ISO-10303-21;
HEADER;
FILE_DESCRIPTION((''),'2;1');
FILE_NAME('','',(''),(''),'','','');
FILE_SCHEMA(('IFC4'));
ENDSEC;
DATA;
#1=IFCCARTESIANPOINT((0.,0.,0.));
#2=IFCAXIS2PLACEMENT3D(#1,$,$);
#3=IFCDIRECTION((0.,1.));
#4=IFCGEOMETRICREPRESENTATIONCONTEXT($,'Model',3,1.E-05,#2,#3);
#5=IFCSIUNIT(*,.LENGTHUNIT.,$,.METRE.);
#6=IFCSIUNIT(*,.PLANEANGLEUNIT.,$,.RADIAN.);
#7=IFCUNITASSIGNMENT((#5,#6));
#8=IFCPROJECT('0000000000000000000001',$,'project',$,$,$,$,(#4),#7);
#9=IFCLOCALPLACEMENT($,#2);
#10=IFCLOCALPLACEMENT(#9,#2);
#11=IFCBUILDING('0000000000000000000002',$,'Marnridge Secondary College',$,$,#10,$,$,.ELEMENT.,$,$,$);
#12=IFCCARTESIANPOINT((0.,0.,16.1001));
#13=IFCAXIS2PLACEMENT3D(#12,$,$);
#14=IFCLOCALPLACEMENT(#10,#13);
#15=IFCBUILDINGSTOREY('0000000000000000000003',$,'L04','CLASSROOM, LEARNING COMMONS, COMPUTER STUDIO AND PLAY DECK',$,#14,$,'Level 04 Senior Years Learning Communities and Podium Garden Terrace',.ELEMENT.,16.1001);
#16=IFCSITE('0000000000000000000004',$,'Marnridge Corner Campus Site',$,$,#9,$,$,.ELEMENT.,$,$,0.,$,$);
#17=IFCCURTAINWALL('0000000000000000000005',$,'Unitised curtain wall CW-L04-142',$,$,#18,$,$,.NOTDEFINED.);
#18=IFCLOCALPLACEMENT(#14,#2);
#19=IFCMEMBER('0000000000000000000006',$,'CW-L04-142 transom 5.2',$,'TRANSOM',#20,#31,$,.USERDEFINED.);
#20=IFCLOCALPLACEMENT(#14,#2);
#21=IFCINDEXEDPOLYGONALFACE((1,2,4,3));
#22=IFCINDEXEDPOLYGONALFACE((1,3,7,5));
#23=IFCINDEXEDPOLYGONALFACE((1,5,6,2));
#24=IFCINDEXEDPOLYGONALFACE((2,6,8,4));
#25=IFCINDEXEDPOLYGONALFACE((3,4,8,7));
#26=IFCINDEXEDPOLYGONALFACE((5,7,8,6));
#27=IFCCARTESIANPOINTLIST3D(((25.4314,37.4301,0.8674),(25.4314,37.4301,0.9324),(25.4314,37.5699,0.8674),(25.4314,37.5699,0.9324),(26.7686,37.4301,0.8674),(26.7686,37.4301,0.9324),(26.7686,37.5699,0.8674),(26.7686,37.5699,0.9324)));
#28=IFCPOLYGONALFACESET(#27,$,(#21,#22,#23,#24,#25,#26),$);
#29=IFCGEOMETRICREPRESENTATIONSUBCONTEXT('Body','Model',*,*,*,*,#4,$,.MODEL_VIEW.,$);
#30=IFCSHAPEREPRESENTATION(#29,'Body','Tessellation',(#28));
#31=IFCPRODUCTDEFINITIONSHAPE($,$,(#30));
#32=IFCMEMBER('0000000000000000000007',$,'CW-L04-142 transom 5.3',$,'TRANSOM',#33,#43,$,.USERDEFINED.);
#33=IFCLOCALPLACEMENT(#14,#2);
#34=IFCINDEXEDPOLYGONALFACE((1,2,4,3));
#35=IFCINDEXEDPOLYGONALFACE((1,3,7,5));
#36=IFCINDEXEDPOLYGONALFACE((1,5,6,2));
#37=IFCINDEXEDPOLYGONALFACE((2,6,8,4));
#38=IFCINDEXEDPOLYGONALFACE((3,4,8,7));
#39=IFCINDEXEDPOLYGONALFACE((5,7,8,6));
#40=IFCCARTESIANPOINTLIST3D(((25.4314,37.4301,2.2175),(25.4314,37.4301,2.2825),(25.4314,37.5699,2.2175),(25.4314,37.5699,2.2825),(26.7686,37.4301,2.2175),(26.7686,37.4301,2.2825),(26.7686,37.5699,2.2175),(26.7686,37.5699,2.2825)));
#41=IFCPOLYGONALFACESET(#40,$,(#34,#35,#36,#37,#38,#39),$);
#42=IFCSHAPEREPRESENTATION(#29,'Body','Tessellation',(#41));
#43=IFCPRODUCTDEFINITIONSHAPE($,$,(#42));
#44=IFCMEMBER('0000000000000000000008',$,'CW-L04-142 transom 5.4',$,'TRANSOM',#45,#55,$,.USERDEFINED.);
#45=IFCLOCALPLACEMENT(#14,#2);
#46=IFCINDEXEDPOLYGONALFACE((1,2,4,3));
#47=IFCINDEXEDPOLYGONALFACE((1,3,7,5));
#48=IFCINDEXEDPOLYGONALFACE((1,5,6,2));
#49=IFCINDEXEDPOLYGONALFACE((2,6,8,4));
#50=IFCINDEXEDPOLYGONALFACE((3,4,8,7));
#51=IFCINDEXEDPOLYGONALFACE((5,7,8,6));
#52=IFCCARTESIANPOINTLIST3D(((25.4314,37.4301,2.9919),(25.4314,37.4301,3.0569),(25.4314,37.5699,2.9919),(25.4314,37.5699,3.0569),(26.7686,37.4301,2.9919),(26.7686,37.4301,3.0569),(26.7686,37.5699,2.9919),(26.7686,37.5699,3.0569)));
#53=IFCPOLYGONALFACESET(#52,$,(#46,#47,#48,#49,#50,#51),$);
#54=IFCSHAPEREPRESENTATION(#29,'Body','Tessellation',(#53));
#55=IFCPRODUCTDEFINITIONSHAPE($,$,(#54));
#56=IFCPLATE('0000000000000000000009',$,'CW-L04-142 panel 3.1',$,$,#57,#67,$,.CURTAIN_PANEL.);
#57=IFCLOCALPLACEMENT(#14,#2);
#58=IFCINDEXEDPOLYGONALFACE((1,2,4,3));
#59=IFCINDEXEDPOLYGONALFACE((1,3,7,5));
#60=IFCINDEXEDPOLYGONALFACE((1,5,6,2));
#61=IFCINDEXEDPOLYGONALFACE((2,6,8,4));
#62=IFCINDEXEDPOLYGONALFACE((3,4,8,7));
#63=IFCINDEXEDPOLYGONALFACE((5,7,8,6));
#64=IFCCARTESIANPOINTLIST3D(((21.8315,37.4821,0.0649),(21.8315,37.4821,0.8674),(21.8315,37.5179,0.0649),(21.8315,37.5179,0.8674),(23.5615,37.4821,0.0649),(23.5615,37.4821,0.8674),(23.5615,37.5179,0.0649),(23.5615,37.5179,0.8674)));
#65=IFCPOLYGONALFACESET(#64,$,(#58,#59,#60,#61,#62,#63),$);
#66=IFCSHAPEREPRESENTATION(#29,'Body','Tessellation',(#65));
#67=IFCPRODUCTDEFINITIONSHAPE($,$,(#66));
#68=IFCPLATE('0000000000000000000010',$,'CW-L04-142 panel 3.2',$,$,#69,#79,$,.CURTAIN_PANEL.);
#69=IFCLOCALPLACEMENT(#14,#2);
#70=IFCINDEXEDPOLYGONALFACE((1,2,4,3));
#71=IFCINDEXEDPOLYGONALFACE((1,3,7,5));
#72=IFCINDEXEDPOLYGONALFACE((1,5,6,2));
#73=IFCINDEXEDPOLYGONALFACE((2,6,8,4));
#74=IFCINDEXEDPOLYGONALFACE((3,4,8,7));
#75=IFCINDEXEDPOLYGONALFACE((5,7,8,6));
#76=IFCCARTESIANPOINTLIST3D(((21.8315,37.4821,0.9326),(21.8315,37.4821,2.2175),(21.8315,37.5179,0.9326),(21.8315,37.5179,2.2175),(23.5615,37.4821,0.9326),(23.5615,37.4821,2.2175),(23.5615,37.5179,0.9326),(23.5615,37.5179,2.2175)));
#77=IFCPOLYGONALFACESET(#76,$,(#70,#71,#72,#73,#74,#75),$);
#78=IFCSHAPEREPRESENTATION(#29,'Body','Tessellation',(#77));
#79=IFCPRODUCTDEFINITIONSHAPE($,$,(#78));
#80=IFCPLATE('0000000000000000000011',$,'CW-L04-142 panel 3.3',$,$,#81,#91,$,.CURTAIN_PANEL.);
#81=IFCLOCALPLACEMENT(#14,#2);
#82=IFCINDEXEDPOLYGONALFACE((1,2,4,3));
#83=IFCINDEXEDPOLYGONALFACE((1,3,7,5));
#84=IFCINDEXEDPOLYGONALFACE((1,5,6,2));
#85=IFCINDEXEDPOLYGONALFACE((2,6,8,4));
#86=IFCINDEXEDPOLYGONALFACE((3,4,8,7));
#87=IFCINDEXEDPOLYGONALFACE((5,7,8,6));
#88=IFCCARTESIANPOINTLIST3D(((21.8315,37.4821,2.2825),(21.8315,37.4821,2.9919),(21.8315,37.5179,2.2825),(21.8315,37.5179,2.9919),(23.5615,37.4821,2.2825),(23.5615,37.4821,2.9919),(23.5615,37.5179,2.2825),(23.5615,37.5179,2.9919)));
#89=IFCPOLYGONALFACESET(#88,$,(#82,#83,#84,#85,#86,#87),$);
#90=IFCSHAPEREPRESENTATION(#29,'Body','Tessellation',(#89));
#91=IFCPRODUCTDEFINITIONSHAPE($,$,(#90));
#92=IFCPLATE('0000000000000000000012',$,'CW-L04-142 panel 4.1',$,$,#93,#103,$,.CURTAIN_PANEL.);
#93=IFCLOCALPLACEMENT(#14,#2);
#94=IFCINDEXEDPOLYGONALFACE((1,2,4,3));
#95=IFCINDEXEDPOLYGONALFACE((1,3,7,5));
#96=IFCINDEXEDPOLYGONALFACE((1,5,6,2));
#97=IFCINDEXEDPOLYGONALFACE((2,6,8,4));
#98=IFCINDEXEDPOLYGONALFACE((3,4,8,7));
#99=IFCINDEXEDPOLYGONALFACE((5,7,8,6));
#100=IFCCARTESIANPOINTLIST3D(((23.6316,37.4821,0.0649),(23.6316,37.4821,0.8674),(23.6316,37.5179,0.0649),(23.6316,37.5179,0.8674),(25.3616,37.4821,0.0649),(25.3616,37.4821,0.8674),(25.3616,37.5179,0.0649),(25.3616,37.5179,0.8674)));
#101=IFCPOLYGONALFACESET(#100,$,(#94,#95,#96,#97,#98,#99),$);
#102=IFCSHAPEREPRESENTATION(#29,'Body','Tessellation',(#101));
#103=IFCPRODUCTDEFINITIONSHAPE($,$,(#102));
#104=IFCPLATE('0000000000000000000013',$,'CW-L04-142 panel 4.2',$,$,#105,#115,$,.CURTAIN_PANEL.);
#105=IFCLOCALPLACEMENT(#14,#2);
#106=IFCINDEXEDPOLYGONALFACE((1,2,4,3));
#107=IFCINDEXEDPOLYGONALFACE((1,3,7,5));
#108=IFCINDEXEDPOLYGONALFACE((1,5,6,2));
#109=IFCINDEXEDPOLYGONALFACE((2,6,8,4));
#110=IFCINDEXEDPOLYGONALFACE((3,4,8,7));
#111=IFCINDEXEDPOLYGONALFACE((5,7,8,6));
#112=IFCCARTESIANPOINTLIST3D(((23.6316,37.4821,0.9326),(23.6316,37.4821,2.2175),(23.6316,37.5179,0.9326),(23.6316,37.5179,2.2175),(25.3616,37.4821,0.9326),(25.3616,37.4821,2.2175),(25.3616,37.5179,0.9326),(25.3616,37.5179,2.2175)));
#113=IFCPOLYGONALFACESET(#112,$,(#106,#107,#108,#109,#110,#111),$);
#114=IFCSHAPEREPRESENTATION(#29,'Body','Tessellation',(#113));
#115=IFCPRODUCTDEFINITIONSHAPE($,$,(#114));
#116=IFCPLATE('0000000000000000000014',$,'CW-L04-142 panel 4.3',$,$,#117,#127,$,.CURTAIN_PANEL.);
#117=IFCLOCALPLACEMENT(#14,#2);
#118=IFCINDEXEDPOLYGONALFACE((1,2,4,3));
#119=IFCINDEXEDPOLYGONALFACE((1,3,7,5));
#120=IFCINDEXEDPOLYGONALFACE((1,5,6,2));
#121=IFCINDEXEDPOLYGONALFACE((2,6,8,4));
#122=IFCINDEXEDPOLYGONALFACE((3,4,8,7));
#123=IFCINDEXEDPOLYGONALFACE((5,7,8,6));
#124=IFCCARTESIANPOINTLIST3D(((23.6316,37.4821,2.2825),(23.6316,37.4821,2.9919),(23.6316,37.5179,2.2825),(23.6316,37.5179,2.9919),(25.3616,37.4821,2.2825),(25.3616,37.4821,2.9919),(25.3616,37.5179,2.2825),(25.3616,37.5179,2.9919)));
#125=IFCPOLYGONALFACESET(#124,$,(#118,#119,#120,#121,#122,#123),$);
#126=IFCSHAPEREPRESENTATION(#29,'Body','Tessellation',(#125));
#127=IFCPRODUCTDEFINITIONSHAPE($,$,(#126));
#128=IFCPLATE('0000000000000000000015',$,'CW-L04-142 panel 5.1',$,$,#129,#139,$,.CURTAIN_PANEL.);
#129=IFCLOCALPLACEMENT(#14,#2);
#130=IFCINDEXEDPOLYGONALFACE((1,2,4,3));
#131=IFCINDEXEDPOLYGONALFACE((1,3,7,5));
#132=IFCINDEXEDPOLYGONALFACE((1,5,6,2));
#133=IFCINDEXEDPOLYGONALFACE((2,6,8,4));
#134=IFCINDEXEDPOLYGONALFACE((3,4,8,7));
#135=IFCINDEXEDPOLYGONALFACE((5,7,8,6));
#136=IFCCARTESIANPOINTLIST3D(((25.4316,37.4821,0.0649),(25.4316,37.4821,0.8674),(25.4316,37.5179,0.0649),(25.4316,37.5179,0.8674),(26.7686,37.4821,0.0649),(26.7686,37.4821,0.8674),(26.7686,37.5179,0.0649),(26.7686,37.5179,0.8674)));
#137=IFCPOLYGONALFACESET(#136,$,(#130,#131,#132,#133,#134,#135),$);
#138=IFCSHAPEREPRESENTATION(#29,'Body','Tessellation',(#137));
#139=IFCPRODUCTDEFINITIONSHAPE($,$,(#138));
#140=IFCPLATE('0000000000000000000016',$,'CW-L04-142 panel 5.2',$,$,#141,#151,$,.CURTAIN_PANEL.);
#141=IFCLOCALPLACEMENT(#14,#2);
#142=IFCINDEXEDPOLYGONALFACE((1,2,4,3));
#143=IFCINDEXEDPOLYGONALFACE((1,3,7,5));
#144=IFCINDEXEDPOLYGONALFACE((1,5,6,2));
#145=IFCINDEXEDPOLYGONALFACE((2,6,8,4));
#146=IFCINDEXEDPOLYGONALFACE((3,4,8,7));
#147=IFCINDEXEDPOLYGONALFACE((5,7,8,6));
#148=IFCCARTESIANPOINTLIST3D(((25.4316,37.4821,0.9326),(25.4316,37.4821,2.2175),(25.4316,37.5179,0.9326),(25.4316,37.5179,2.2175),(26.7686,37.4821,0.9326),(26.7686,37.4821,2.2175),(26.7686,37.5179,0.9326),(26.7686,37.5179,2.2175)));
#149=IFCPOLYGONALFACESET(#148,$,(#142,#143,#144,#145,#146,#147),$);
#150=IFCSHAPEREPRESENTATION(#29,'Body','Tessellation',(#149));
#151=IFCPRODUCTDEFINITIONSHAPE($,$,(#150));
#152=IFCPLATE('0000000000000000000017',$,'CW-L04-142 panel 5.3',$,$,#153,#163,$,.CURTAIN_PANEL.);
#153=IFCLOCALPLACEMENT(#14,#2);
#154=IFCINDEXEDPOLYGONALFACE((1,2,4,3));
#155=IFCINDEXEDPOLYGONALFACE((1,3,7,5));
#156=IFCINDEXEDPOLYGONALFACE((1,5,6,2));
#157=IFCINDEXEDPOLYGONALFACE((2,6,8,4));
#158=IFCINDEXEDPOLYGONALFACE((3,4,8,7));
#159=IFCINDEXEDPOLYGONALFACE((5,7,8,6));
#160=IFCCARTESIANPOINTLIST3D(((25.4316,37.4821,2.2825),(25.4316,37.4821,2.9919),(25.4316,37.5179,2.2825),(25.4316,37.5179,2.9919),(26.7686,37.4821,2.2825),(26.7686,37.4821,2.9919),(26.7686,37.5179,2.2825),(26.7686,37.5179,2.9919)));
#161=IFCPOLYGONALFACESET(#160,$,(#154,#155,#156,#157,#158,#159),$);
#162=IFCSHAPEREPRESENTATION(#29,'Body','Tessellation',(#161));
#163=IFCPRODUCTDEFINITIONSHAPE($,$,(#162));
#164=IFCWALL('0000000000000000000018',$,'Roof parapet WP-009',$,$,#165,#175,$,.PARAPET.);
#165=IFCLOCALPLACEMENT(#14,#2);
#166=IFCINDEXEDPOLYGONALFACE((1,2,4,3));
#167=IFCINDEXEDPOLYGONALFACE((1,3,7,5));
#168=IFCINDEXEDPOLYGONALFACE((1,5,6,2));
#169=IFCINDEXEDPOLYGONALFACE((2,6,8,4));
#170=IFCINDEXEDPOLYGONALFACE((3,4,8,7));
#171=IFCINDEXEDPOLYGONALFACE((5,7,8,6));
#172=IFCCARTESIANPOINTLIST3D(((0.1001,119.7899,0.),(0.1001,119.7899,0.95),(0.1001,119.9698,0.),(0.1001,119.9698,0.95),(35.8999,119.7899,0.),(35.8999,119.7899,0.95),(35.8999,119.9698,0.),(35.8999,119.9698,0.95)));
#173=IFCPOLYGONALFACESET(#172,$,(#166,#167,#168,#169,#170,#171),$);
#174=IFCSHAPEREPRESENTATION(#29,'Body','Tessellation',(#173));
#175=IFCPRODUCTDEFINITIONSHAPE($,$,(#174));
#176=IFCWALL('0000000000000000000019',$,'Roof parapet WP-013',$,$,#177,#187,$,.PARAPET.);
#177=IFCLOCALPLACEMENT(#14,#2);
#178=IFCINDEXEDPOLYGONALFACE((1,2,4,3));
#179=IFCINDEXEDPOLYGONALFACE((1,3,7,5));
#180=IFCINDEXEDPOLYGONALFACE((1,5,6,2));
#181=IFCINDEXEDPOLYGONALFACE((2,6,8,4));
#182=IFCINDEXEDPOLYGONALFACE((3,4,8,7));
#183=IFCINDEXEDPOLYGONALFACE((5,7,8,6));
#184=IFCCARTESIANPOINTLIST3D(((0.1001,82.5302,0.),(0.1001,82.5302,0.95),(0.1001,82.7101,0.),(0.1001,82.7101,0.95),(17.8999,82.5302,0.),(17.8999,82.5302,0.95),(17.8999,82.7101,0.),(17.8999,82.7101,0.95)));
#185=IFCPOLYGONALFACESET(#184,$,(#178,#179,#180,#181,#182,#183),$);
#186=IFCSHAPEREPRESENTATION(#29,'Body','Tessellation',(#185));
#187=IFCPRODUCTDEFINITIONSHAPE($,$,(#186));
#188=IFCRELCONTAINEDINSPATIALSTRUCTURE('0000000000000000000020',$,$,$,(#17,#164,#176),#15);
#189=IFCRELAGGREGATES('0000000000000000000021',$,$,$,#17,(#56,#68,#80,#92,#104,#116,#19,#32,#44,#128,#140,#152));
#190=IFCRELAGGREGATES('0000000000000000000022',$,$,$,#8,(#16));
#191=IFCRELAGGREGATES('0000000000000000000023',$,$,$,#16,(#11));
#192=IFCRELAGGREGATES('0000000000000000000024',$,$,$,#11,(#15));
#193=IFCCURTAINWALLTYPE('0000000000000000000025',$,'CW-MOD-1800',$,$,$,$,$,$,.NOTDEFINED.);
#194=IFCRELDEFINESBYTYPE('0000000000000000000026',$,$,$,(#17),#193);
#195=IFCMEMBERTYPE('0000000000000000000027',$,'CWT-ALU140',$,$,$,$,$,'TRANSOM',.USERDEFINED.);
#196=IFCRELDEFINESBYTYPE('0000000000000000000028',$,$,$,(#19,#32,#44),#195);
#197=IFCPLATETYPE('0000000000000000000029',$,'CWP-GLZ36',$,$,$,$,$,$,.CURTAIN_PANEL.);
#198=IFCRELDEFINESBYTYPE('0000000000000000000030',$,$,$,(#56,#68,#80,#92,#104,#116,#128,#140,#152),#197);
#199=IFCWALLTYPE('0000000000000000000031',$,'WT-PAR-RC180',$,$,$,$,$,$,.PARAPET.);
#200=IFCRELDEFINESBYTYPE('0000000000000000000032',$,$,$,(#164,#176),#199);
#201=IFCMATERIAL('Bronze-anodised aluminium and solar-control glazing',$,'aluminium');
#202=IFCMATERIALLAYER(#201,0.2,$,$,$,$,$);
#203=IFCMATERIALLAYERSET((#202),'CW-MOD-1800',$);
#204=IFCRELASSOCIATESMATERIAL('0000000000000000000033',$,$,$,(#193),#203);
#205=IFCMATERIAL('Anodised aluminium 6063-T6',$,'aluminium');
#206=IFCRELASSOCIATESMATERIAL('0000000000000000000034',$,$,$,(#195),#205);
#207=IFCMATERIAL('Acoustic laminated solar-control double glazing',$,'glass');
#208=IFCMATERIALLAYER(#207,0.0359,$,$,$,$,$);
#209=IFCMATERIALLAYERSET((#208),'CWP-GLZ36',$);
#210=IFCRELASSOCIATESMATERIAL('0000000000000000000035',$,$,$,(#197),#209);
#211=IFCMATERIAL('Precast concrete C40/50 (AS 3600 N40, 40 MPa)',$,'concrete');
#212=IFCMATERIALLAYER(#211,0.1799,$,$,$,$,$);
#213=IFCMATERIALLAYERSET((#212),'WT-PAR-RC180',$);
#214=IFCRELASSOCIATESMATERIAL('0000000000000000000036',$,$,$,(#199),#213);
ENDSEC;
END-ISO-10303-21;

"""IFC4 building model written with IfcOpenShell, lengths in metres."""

from ifc_helpers import new_model, si_unit, direction, frame, frame_2d, origin, origin_2d, place, context, subcontext, project, spatial, rectangle, extrude, material, layer, layer_set, material_profile, profile_set, type_object, element, aggregate, save


model = new_model("IFC4")

# Units and contexts
model_context = context("Model", 3, precision=1e-05, world=origin(), true_north=direction((0.0, 1.0)))
body_context = subcontext(model_context, "Body", "Model", "MODEL_VIEW")
ifc_project = project(units=[si_unit("LENGTHUNIT", "METRE"), si_unit("PLANEANGLEUNIT", "RADIAN")], contexts=[model_context])

# Site, building, storey
site_placement = place(None, origin())
site = spatial("IfcSite", under=ifc_project, at=site_placement, Name="Marnridge Corner Campus Site", CompositionType="ELEMENT", RefElevation=0.0)
building_placement = place(site_placement, origin())
building = spatial("IfcBuilding", under=site, at=building_placement, Name="Marnridge Secondary College", CompositionType="ELEMENT")
storey_placement = place(building_placement, frame((0.0, 0.0, 16.1001)))
storey = spatial("IfcBuildingStorey", under=building, at=storey_placement, Name="L04", Description="CLASSROOM, LEARNING COMMONS, COMPUTER STUDIO AND PLAY DECK", LongName="Level 04 Senior Years Learning Communities and Podium Garden Terrace", CompositionType="ELEMENT", Elevation=16.1001)

# Curtain wall, members, plates
ifc_material_1 = material(Name="Bronze-anodised aluminium and solar-control glazing", Category="aluminium")
ifc_layer_1 = layer(ifc_material_1, 0.2)
ifc_layer_set_1 = layer_set([ifc_layer_1], Name="CW-MOD-1800")
curtain_wall_type = type_object("IfcCurtainWallType", Name="CW-MOD-1800", PredefinedType="NOTDEFINED", material=ifc_layer_set_1)
curtain_wall_placement = place(storey_placement, origin())
curtain_wall = element("IfcCurtainWall", 1, at=curtain_wall_placement, inside=storey, type_object=curtain_wall_type, Name="Unitised curtain wall CW-L04-142", PredefinedType="NOTDEFINED")
ifc_material_2 = material(Name="Anodised aluminium 6063-T6", Category="aluminium")
ifc_material_profile_1 = material_profile(ifc_material_2, rectangle(XDim=0.0649, YDim=0.1399, at=origin_2d()), Name="ALU 65x140")
ifc_profile_set_1 = profile_set([ifc_material_profile_1], Name="Anodised aluminium 6063-T6")
member_type_1 = type_object("IfcMemberType", Name="CWT-ALU140", ElementType="TRANSOM", PredefinedType="USERDEFINED", material=ifc_profile_set_1)
member_1_placement = place(storey_placement, frame((25.4314, 37.5, 0.8999), z_axis=(1.0, 0.0, 0.0), x_axis=(0.0, 0.0, 1.0)))
member_1 = element("IfcMember", 2, at=member_1_placement, type_object=member_type_1, Name="CW-L04-142 transom 5.2", ObjectType="TRANSOM", PredefinedType="USERDEFINED", context=body_context, shape_type="SweptSolid", body=[
    extrude(rectangle(XDim=0.0649, YDim=0.1399, at=origin_2d()), origin(), (0.0, 0.0, 1.0), 1.3372),
])
member_2_placement = place(storey_placement, frame((25.4314, 37.5, 2.25), z_axis=(1.0, 0.0, 0.0), x_axis=(0.0, 0.0, 1.0)))
member_2 = element("IfcMember", 3, at=member_2_placement, type_object=member_type_1, Name="CW-L04-142 transom 5.3", ObjectType="TRANSOM", PredefinedType="USERDEFINED", context=body_context, shape_type="SweptSolid", body=[
    extrude(rectangle(XDim=0.0649, YDim=0.1399, at=origin_2d()), origin(), (0.0, 0.0, 1.0), 1.3372),
])
member_3_placement = place(storey_placement, frame((25.4314, 37.5, 3.0244), z_axis=(1.0, 0.0, 0.0), x_axis=(0.0, 0.0, 1.0)))
member_3 = element("IfcMember", 4, at=member_3_placement, type_object=member_type_1, Name="CW-L04-142 transom 5.4", ObjectType="TRANSOM", PredefinedType="USERDEFINED", context=body_context, shape_type="SweptSolid", body=[
    extrude(rectangle(XDim=0.0649, YDim=0.1399, at=origin_2d()), origin(), (0.0, 0.0, 1.0), 1.3372),
])
ifc_material_3 = material(Name="Acoustic laminated solar-control double glazing", Category="glass")
ifc_layer_2 = layer(ifc_material_3, 0.0359)
ifc_layer_set_2 = layer_set([ifc_layer_2], Name="CWP-GLZ36")
plate_type = type_object("IfcPlateType", Name="CWP-GLZ36", PredefinedType="CURTAIN_PANEL", material=ifc_layer_set_2)
plate_1_placement = place(storey_placement, frame((22.6965, 37.5, 0.0649), z_axis=(0.0, 0.0, 1.0), x_axis=(1.0, 0.0, 0.0)))
plate_1 = element("IfcPlate", 5, at=plate_1_placement, type_object=plate_type, Name="CW-L04-142 panel 3.1", PredefinedType="CURTAIN_PANEL", context=body_context, shape_type="SweptSolid", body=[
    extrude(rectangle(XDim=1.73, YDim=0.0359, at=origin_2d()), origin(), (0.0, 0.0, 1.0), 0.8025),
])
plate_2_placement = place(storey_placement, frame((22.6965, 37.5, 0.9326), z_axis=(0.0, 0.0, 1.0), x_axis=(1.0, 0.0, 0.0)))
plate_2 = element("IfcPlate", 6, at=plate_2_placement, type_object=plate_type, Name="CW-L04-142 panel 3.2", PredefinedType="CURTAIN_PANEL", context=body_context, shape_type="SweptSolid", body=[
    extrude(rectangle(XDim=1.73, YDim=0.0359, at=origin_2d()), origin(), (0.0, 0.0, 1.0), 1.2849),
])
plate_3_placement = place(storey_placement, frame((22.6965, 37.5, 2.2825), z_axis=(0.0, 0.0, 1.0), x_axis=(1.0, 0.0, 0.0)))
plate_3 = element("IfcPlate", 7, at=plate_3_placement, type_object=plate_type, Name="CW-L04-142 panel 3.3", PredefinedType="CURTAIN_PANEL", context=body_context, shape_type="SweptSolid", body=[
    extrude(rectangle(XDim=1.73, YDim=0.0359, at=origin_2d()), origin(), (0.0, 0.0, 1.0), 0.7095),
])
plate_4_placement = place(storey_placement, frame((24.4966, 37.5, 0.0649), z_axis=(0.0, 0.0, 1.0), x_axis=(1.0, 0.0, 0.0)))
plate_4 = element("IfcPlate", 8, at=plate_4_placement, type_object=plate_type, Name="CW-L04-142 panel 4.1", PredefinedType="CURTAIN_PANEL", context=body_context, shape_type="SweptSolid", body=[
    extrude(rectangle(XDim=1.73, YDim=0.0359, at=origin_2d()), origin(), (0.0, 0.0, 1.0), 0.8025),
])
plate_5_placement = place(storey_placement, frame((24.4966, 37.5, 0.9326), z_axis=(0.0, 0.0, 1.0), x_axis=(1.0, 0.0, 0.0)))
plate_5 = element("IfcPlate", 9, at=plate_5_placement, type_object=plate_type, Name="CW-L04-142 panel 4.2", PredefinedType="CURTAIN_PANEL", context=body_context, shape_type="SweptSolid", body=[
    extrude(rectangle(XDim=1.73, YDim=0.0359, at=origin_2d()), origin(), (0.0, 0.0, 1.0), 1.2849),
])
plate_6_placement = place(storey_placement, frame((24.4966, 37.5, 2.2825), z_axis=(0.0, 0.0, 1.0), x_axis=(1.0, 0.0, 0.0)))
plate_6 = element("IfcPlate", 10, at=plate_6_placement, type_object=plate_type, Name="CW-L04-142 panel 4.3", PredefinedType="CURTAIN_PANEL", context=body_context, shape_type="SweptSolid", body=[
    extrude(rectangle(XDim=1.73, YDim=0.0359, at=origin_2d()), origin(), (0.0, 0.0, 1.0), 0.7095),
])
plate_7_placement = place(storey_placement, frame((26.1001, 37.5, 0.0649), z_axis=(0.0, 0.0, 1.0), x_axis=(1.0, 0.0, 0.0)))
plate_7 = element("IfcPlate", 11, at=plate_7_placement, type_object=plate_type, Name="CW-L04-142 panel 5.1", PredefinedType="CURTAIN_PANEL", context=body_context, shape_type="SweptSolid", body=[
    extrude(rectangle(XDim=1.3369, YDim=0.0359, at=origin_2d()), origin(), (0.0, 0.0, 1.0), 0.8025),
])
plate_8_placement = place(storey_placement, frame((26.1001, 37.5, 0.9326), z_axis=(0.0, 0.0, 1.0), x_axis=(1.0, 0.0, 0.0)))
plate_8 = element("IfcPlate", 12, at=plate_8_placement, type_object=plate_type, Name="CW-L04-142 panel 5.2", PredefinedType="CURTAIN_PANEL", context=body_context, shape_type="SweptSolid", body=[
    extrude(rectangle(XDim=1.3369, YDim=0.0359, at=origin_2d()), origin(), (0.0, 0.0, 1.0), 1.2849),
])
plate_9_placement = place(storey_placement, frame((26.1001, 37.5, 2.2825), z_axis=(0.0, 0.0, 1.0), x_axis=(1.0, 0.0, 0.0)))
plate_9 = element("IfcPlate", 13, at=plate_9_placement, type_object=plate_type, Name="CW-L04-142 panel 5.3", PredefinedType="CURTAIN_PANEL", context=body_context, shape_type="SweptSolid", body=[
    extrude(rectangle(XDim=1.3369, YDim=0.0359, at=origin_2d()), origin(), (0.0, 0.0, 1.0), 0.7095),
])
aggregate(curtain_wall, [plate_1, plate_2, plate_3, plate_4, plate_5, plate_6, member_1, member_2, member_3, plate_7, plate_8, plate_9])

# Walls
ifc_material_4 = material(Name="Precast concrete C40/50 (AS 3600 N40, 40 MPa)", Category="concrete")
ifc_layer_3 = layer(ifc_material_4, 0.1799)
ifc_layer_set_3 = layer_set([ifc_layer_3], Name="WT-PAR-RC180")
wall_type_1 = type_object("IfcWallType", Name="WT-PAR-RC180", PredefinedType="PARAPET", material=ifc_layer_set_3)
wall_1_placement = place(storey_placement, frame((0.1001, 119.8799, 0.0), z_axis=(0.0, 0.0, 1.0), x_axis=(1.0, 0.0, 0.0)))
element("IfcWall", 14, at=wall_1_placement, inside=storey, type_object=wall_type_1, Name="Roof parapet WP-009", PredefinedType="PARAPET", context=body_context, shape_type="SweptSolid", body=[
    extrude(rectangle(XDim=35.7998, YDim=0.1799, at=frame_2d((17.8999, 0.0))), origin(), (0.0, 0.0, 1.0), 0.95),
])
wall_2_placement = place(storey_placement, frame((17.8999, 82.6201, 0.0), z_axis=(0.0, 0.0, 1.0), x_axis=(-1.0, 0.0, 0.0)))
element("IfcWall", 15, at=wall_2_placement, inside=storey, type_object=wall_type_1, Name="Roof parapet WP-013", PredefinedType="PARAPET", context=body_context, shape_type="SweptSolid", body=[
    extrude(rectangle(XDim=17.7998, YDim=0.1799, at=frame_2d((8.8999, 0.0))), origin(), (0.0, 0.0, 1.0), 0.95),
])

save(model, "model.ifc")
